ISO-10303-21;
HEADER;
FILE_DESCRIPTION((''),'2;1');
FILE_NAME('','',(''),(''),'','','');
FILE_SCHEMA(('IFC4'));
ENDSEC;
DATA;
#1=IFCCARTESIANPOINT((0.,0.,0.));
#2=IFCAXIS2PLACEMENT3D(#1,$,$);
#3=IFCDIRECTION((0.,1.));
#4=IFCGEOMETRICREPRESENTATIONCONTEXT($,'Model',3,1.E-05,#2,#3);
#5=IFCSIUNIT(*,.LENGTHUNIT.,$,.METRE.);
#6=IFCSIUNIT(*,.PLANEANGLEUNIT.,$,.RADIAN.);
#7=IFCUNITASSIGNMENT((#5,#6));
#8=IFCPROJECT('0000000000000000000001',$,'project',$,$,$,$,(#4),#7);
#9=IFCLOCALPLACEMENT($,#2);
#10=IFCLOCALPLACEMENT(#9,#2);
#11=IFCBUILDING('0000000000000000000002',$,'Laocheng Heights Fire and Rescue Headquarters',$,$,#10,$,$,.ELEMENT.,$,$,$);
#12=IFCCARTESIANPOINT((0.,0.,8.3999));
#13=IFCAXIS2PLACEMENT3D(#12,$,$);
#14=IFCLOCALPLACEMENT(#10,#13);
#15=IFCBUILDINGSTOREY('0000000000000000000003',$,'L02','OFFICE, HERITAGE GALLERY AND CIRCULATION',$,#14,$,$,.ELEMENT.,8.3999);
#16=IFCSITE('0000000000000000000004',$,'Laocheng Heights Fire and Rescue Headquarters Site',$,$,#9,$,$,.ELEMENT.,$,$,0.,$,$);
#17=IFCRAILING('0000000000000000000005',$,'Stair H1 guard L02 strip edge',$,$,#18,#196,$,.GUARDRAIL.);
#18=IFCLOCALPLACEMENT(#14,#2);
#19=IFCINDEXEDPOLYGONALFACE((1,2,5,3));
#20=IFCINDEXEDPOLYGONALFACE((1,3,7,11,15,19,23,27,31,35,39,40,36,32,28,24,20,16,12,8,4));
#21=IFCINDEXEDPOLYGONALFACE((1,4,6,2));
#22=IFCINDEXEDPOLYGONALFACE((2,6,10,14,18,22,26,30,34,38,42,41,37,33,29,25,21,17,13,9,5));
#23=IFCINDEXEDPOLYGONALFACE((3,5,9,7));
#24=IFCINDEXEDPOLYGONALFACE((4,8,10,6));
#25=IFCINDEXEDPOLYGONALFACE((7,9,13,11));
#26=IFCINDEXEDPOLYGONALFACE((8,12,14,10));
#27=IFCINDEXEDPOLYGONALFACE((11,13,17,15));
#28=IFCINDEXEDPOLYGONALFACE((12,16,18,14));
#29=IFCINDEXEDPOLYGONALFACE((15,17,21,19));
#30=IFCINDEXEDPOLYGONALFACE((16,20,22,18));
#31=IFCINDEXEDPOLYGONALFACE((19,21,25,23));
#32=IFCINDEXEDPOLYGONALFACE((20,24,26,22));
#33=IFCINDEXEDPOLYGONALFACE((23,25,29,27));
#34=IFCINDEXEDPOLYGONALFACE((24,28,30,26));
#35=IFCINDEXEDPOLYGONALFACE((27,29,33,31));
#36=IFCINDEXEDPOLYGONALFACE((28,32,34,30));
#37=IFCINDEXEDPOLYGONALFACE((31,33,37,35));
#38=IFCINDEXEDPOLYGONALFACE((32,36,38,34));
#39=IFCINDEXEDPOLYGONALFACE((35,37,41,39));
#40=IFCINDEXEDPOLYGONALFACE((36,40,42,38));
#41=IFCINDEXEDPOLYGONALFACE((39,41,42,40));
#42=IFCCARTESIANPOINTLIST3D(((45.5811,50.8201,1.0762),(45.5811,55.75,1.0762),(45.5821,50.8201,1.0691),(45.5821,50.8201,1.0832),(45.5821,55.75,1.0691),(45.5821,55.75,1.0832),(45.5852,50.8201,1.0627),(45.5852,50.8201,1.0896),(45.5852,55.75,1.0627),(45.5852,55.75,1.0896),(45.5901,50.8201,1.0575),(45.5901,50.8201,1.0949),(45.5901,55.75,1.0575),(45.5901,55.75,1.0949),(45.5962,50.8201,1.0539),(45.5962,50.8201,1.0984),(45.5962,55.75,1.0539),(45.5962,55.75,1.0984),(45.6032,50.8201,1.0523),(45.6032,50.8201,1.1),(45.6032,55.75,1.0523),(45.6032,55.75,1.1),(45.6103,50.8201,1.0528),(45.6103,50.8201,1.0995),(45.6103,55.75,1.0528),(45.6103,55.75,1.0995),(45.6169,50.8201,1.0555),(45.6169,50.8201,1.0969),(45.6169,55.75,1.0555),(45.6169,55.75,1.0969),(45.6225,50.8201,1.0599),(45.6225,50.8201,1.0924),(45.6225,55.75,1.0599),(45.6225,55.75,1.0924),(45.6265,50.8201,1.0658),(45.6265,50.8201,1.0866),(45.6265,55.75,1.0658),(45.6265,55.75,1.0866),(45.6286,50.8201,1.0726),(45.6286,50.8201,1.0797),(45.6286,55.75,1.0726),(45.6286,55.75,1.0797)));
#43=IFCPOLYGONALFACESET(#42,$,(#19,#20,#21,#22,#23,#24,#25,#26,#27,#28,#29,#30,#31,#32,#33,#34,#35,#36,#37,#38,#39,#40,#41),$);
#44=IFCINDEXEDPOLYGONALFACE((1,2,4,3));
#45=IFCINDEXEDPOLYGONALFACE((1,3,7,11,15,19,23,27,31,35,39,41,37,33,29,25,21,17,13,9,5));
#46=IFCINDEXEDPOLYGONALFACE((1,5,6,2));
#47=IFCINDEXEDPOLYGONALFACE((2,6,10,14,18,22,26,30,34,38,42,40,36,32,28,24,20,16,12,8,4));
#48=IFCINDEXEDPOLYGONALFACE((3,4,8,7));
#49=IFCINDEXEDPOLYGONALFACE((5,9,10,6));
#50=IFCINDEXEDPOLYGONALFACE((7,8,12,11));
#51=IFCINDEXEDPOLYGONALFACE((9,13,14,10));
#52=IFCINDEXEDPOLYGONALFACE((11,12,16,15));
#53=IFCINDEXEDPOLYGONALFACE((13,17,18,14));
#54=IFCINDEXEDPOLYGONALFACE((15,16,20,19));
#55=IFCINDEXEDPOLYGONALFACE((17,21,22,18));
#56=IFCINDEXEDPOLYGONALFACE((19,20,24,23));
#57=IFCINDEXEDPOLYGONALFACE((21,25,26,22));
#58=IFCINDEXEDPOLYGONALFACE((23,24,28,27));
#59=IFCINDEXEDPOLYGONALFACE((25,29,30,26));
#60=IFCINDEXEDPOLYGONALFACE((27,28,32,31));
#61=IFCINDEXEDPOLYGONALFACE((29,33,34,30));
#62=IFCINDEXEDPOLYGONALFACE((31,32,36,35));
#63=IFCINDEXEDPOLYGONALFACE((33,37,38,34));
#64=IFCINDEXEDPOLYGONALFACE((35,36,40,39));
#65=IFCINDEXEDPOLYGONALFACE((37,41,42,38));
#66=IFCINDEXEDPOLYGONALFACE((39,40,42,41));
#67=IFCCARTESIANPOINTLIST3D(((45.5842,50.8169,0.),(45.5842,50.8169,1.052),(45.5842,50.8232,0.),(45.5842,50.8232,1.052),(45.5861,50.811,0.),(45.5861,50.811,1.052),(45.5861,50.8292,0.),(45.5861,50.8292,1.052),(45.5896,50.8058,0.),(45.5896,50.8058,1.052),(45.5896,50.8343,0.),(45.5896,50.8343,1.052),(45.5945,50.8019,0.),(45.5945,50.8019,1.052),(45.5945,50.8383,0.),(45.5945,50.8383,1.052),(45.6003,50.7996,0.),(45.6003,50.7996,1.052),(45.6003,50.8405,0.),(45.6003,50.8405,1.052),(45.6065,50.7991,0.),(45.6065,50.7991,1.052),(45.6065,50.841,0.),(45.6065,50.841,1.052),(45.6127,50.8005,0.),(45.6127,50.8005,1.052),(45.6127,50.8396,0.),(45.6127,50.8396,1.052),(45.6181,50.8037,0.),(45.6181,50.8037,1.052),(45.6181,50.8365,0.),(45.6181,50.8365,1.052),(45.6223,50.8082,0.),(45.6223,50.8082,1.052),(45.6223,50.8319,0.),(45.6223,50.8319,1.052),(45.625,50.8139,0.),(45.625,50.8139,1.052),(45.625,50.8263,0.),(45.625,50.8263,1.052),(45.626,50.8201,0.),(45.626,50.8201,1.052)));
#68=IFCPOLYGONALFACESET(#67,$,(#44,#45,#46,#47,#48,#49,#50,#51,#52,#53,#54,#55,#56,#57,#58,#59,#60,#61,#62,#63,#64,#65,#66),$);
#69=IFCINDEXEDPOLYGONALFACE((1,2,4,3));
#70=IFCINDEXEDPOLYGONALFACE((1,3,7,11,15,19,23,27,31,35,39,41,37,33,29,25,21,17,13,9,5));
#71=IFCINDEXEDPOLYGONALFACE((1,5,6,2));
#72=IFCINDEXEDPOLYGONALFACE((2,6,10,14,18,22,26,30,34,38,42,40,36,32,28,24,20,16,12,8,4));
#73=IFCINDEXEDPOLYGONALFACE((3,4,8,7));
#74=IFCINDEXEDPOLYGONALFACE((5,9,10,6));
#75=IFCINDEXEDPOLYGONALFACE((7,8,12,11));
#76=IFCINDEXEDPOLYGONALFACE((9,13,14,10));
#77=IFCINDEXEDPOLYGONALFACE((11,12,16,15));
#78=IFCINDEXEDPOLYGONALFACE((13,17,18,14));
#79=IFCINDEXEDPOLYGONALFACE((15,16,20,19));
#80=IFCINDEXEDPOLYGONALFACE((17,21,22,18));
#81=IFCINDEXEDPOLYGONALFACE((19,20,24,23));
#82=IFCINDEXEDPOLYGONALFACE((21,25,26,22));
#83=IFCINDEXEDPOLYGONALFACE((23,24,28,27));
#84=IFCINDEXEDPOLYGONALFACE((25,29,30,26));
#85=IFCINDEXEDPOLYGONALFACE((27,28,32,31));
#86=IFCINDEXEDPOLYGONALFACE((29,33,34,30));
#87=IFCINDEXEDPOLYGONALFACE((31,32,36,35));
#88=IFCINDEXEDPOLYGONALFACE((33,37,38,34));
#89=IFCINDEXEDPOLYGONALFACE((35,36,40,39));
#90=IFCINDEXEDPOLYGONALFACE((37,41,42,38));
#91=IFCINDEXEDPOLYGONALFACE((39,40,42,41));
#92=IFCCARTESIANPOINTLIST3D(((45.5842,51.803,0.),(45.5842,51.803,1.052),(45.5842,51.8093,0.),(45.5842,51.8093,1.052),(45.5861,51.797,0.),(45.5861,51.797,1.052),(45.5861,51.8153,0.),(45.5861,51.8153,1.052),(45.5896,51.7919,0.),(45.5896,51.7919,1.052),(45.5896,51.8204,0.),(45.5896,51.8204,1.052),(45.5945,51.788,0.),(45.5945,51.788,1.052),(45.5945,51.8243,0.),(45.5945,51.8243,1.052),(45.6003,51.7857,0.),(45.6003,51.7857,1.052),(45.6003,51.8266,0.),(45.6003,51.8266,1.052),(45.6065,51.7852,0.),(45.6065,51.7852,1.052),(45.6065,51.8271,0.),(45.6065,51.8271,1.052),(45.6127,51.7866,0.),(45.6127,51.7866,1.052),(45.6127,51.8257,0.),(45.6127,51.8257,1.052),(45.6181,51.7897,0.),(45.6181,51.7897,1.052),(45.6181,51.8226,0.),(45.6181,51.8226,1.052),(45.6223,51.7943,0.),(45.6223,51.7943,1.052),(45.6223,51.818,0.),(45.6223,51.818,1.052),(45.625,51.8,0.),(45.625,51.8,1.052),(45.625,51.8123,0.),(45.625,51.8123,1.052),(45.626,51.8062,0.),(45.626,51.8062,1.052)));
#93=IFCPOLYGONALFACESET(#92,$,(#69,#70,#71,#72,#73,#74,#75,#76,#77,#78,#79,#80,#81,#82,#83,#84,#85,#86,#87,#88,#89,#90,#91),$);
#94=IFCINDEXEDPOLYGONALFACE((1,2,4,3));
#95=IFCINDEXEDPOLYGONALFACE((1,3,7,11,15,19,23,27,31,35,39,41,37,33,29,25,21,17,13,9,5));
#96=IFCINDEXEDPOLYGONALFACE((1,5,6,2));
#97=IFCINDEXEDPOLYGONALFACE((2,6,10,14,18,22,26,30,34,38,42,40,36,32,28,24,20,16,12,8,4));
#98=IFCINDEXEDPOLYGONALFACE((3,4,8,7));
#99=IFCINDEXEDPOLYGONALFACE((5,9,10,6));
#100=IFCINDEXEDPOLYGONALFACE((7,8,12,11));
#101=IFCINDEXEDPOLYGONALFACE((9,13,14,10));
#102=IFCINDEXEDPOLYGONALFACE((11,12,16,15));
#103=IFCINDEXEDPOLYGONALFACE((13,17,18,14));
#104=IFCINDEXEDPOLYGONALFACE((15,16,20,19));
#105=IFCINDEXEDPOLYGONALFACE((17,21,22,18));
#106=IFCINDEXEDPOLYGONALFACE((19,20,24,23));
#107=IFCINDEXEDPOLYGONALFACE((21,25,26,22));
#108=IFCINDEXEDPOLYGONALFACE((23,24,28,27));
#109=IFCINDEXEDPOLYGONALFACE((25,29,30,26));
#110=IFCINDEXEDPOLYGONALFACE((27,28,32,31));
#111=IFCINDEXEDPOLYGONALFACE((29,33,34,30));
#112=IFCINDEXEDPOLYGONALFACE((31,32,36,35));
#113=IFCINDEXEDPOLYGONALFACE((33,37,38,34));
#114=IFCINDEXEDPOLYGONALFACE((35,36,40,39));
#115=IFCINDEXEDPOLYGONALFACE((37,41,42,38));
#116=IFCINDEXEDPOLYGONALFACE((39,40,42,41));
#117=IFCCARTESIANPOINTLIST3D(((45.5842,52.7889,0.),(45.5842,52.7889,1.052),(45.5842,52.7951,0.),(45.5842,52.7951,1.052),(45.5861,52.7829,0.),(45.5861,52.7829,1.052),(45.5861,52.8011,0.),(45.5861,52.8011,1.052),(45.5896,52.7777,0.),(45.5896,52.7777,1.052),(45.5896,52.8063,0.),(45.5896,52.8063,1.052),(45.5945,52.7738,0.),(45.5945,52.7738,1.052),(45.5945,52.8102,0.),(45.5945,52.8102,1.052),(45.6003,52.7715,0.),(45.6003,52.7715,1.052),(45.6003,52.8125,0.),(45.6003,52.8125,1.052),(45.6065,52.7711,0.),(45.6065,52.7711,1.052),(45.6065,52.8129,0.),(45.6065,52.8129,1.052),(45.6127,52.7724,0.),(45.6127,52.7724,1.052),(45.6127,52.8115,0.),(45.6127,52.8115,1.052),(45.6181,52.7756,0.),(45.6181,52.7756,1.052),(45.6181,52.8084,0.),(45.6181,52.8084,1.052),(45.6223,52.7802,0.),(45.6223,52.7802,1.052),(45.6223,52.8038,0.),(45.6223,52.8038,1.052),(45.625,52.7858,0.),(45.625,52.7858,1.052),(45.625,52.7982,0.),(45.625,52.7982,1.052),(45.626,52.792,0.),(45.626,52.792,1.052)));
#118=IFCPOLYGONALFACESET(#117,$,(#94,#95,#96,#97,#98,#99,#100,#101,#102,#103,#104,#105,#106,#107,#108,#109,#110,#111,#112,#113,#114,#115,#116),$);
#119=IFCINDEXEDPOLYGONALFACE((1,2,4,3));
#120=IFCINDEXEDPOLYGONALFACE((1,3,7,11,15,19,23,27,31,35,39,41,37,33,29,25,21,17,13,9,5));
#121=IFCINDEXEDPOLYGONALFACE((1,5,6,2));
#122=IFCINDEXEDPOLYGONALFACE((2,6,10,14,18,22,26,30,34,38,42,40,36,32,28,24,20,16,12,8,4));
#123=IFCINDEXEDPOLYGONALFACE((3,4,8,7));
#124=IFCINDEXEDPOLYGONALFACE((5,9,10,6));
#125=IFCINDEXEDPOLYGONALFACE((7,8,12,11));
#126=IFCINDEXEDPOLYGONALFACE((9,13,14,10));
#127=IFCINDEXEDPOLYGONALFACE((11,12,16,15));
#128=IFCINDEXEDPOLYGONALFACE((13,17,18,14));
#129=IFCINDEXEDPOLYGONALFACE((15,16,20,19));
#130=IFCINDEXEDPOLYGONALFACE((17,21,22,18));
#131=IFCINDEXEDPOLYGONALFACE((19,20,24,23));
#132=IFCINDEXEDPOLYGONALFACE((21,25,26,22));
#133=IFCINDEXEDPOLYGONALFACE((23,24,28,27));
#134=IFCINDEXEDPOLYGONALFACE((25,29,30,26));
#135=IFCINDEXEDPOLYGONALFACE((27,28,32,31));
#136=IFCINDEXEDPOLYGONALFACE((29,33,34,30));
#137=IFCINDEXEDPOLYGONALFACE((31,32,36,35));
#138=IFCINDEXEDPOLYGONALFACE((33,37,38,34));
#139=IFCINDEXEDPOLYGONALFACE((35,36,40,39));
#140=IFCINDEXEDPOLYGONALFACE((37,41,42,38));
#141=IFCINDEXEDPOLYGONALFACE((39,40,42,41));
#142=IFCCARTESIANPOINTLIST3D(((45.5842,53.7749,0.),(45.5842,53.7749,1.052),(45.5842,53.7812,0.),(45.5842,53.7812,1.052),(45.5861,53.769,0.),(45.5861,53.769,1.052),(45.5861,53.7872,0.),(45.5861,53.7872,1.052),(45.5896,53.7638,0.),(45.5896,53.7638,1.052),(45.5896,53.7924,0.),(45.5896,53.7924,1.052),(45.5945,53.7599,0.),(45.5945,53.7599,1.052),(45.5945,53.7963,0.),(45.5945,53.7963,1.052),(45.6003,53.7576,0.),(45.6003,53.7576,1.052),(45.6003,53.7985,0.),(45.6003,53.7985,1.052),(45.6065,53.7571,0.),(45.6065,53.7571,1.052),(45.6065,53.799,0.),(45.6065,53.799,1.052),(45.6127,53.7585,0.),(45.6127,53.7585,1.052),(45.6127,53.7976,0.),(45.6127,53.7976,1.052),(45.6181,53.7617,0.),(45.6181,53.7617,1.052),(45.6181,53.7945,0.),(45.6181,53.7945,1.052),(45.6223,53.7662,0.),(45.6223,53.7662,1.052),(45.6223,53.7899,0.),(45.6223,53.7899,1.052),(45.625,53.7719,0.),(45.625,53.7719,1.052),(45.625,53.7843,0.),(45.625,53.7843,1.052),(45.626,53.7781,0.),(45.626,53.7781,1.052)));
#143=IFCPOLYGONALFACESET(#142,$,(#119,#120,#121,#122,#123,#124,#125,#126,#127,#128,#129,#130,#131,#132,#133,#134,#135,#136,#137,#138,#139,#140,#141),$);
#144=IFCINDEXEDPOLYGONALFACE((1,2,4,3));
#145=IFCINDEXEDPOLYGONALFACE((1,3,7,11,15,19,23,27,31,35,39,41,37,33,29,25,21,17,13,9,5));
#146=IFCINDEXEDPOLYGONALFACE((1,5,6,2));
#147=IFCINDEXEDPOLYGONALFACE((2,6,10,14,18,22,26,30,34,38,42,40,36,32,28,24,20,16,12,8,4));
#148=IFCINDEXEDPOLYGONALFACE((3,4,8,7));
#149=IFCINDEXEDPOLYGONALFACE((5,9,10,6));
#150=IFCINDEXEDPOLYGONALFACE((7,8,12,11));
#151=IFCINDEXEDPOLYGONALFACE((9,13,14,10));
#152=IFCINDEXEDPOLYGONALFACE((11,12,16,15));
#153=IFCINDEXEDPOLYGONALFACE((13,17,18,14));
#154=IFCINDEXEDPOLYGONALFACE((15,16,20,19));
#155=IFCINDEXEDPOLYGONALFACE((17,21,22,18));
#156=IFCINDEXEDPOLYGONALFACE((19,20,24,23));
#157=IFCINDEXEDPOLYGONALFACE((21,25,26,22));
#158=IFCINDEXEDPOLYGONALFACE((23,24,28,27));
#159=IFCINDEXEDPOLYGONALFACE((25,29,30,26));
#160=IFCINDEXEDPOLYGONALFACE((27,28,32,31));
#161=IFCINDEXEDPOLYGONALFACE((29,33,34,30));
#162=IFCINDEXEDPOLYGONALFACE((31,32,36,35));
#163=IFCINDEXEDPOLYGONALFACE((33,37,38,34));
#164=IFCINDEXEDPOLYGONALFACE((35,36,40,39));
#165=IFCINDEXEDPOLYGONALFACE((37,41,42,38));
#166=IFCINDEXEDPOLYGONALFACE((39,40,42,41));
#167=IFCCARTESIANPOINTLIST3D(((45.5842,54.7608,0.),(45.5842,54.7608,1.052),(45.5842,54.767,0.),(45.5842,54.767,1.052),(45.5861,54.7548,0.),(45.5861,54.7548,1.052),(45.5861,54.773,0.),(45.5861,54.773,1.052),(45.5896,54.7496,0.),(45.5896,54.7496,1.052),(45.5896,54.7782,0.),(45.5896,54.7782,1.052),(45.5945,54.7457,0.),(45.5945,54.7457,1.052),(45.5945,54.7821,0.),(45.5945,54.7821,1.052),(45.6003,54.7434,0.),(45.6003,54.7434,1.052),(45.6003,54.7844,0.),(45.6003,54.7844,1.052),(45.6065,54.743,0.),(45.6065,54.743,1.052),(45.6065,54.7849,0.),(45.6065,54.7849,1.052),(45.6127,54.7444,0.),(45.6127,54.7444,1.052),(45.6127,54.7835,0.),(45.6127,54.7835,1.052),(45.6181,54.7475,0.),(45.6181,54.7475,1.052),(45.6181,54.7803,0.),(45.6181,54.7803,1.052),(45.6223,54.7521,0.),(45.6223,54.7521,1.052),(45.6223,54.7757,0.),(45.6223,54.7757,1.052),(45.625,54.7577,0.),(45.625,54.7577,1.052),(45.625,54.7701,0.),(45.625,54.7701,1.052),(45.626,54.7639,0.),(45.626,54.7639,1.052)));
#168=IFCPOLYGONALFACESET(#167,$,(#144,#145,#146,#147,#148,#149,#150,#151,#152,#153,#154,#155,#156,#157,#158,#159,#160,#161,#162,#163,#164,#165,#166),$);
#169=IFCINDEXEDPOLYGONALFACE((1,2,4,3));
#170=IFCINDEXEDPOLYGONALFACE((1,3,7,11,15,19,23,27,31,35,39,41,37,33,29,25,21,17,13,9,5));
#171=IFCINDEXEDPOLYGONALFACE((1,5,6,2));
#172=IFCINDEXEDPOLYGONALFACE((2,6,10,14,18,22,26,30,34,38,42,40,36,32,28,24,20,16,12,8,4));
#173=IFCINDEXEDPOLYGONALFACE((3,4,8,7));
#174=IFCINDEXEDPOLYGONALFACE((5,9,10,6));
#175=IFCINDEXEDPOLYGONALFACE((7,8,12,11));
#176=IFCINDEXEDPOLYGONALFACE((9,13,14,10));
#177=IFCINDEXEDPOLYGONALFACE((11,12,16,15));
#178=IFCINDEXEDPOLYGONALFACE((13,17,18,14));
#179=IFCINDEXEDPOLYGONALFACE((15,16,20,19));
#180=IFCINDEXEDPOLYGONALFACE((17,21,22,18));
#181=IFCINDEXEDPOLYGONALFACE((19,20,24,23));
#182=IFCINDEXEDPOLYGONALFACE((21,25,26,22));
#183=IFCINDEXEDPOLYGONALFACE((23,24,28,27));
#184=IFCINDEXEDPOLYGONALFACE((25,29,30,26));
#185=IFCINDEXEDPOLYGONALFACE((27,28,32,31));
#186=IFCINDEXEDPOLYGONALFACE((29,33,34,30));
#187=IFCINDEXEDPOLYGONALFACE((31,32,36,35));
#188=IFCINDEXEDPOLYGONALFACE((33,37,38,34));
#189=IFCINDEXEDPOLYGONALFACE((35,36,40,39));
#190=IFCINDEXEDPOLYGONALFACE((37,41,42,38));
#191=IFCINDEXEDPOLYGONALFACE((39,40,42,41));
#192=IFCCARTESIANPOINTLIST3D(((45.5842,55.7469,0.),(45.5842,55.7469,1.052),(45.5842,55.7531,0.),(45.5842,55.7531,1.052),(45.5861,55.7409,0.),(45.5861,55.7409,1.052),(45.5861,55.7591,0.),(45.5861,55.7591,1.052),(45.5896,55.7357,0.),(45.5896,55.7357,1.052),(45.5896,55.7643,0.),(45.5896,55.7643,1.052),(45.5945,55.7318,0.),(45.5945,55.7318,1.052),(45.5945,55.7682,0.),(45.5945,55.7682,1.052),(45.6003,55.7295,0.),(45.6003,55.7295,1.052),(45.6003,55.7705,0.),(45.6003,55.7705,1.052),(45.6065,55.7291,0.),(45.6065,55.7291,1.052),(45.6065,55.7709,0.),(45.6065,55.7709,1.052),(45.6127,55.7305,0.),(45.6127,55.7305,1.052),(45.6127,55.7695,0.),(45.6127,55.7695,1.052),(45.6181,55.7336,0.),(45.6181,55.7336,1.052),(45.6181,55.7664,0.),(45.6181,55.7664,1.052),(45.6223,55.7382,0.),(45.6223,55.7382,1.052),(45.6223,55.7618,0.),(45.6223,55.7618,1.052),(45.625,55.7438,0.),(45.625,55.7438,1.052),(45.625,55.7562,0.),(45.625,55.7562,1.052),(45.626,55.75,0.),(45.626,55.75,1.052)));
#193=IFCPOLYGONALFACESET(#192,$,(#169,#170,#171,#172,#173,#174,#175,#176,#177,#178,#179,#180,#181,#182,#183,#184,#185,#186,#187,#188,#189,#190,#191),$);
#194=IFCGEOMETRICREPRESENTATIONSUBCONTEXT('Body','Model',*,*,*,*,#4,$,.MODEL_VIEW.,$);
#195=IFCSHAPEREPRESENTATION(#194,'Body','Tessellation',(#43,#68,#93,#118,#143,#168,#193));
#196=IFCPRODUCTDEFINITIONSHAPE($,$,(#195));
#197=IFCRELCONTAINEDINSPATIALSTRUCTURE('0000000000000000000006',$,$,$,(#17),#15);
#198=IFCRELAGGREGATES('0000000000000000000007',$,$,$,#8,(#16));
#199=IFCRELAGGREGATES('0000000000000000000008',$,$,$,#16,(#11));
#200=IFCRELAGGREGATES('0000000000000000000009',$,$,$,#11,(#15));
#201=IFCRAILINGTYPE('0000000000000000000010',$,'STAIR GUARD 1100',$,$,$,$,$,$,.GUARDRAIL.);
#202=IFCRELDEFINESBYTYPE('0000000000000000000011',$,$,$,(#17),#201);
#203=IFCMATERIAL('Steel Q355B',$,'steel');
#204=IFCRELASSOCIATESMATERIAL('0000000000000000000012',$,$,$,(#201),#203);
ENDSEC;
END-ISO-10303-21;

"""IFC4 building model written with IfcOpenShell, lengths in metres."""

from ifc_helpers import new_model, si_unit, direction, frame, origin, origin_2d, place, context, subcontext, project, spatial, circle, extrude, material, type_object, element, save


model = new_model("IFC4")

# Units and contexts
model_context = context("Model", 3, precision=1e-05, world=origin(), true_north=direction((0.0, 1.0)))
body_context = subcontext(model_context, "Body", "Model", "MODEL_VIEW")
ifc_project = project(units=[si_unit("LENGTHUNIT", "METRE"), si_unit("PLANEANGLEUNIT", "RADIAN")], contexts=[model_context])

# Site, building, storey
site_placement = place(None, origin())
site = spatial("IfcSite", under=ifc_project, at=site_placement, Name="Laocheng Heights Fire and Rescue Headquarters Site", CompositionType="ELEMENT", RefElevation=0.0)
building_placement = place(site_placement, origin())
building = spatial("IfcBuilding", under=site, at=building_placement, Name="Laocheng Heights Fire and Rescue Headquarters", CompositionType="ELEMENT")
storey_placement = place(building_placement, frame((0.0, 0.0, 8.3999)))
storey = spatial("IfcBuildingStorey", under=building, at=storey_placement, Name="L02", Description="OFFICE, HERITAGE GALLERY AND CIRCULATION", CompositionType="ELEMENT", Elevation=8.3999)

# Railing
ifc_material_1 = material(Name="Steel Q355B", Category="steel")
railing_type_1 = type_object("IfcRailingType", Name="STAIR GUARD 1100", PredefinedType="GUARDRAIL", material=ifc_material_1)
railing_1_placement = place(storey_placement, frame((45.605, 50.8201, 0.0)))
element("IfcRailing", 1, at=railing_1_placement, inside=storey, type_object=railing_type_1, Name="Stair H1 guard L02 strip edge", PredefinedType="GUARDRAIL", context=body_context, shape_type="SweptSolid", body=[
    extrude(circle(Radius=0.0239, at=origin_2d()), frame((0.0, 0.0, 1.0762), z_axis=(0.0, 1.0, 0.0), x_axis=(-1.0, 0.0, 0.0)), (0.0, 0.0, 1.0), 4.9299),
    extrude(circle(Radius=0.021, at=origin_2d()), origin(), (0.0, 0.0, 1.0), 1.052),
    extrude(circle(Radius=0.021, at=origin_2d()), frame((0.0, 0.9861, 0.0)), (0.0, 0.0, 1.0), 1.052),
    extrude(circle(Radius=0.021, at=origin_2d()), frame((0.0, 1.9719, 0.0)), (0.0, 0.0, 1.0), 1.052),
    extrude(circle(Radius=0.021, at=origin_2d()), frame((0.0, 2.958, 0.0)), (0.0, 0.0, 1.0), 1.052),
    extrude(circle(Radius=0.021, at=origin_2d()), frame((0.0, 3.9438, 0.0)), (0.0, 0.0, 1.0), 1.052),
    extrude(circle(Radius=0.021, at=origin_2d()), frame((0.0, 4.9299, 0.0)), (0.0, 0.0, 1.0), 1.052),
])

save(model, "model.ifc")
